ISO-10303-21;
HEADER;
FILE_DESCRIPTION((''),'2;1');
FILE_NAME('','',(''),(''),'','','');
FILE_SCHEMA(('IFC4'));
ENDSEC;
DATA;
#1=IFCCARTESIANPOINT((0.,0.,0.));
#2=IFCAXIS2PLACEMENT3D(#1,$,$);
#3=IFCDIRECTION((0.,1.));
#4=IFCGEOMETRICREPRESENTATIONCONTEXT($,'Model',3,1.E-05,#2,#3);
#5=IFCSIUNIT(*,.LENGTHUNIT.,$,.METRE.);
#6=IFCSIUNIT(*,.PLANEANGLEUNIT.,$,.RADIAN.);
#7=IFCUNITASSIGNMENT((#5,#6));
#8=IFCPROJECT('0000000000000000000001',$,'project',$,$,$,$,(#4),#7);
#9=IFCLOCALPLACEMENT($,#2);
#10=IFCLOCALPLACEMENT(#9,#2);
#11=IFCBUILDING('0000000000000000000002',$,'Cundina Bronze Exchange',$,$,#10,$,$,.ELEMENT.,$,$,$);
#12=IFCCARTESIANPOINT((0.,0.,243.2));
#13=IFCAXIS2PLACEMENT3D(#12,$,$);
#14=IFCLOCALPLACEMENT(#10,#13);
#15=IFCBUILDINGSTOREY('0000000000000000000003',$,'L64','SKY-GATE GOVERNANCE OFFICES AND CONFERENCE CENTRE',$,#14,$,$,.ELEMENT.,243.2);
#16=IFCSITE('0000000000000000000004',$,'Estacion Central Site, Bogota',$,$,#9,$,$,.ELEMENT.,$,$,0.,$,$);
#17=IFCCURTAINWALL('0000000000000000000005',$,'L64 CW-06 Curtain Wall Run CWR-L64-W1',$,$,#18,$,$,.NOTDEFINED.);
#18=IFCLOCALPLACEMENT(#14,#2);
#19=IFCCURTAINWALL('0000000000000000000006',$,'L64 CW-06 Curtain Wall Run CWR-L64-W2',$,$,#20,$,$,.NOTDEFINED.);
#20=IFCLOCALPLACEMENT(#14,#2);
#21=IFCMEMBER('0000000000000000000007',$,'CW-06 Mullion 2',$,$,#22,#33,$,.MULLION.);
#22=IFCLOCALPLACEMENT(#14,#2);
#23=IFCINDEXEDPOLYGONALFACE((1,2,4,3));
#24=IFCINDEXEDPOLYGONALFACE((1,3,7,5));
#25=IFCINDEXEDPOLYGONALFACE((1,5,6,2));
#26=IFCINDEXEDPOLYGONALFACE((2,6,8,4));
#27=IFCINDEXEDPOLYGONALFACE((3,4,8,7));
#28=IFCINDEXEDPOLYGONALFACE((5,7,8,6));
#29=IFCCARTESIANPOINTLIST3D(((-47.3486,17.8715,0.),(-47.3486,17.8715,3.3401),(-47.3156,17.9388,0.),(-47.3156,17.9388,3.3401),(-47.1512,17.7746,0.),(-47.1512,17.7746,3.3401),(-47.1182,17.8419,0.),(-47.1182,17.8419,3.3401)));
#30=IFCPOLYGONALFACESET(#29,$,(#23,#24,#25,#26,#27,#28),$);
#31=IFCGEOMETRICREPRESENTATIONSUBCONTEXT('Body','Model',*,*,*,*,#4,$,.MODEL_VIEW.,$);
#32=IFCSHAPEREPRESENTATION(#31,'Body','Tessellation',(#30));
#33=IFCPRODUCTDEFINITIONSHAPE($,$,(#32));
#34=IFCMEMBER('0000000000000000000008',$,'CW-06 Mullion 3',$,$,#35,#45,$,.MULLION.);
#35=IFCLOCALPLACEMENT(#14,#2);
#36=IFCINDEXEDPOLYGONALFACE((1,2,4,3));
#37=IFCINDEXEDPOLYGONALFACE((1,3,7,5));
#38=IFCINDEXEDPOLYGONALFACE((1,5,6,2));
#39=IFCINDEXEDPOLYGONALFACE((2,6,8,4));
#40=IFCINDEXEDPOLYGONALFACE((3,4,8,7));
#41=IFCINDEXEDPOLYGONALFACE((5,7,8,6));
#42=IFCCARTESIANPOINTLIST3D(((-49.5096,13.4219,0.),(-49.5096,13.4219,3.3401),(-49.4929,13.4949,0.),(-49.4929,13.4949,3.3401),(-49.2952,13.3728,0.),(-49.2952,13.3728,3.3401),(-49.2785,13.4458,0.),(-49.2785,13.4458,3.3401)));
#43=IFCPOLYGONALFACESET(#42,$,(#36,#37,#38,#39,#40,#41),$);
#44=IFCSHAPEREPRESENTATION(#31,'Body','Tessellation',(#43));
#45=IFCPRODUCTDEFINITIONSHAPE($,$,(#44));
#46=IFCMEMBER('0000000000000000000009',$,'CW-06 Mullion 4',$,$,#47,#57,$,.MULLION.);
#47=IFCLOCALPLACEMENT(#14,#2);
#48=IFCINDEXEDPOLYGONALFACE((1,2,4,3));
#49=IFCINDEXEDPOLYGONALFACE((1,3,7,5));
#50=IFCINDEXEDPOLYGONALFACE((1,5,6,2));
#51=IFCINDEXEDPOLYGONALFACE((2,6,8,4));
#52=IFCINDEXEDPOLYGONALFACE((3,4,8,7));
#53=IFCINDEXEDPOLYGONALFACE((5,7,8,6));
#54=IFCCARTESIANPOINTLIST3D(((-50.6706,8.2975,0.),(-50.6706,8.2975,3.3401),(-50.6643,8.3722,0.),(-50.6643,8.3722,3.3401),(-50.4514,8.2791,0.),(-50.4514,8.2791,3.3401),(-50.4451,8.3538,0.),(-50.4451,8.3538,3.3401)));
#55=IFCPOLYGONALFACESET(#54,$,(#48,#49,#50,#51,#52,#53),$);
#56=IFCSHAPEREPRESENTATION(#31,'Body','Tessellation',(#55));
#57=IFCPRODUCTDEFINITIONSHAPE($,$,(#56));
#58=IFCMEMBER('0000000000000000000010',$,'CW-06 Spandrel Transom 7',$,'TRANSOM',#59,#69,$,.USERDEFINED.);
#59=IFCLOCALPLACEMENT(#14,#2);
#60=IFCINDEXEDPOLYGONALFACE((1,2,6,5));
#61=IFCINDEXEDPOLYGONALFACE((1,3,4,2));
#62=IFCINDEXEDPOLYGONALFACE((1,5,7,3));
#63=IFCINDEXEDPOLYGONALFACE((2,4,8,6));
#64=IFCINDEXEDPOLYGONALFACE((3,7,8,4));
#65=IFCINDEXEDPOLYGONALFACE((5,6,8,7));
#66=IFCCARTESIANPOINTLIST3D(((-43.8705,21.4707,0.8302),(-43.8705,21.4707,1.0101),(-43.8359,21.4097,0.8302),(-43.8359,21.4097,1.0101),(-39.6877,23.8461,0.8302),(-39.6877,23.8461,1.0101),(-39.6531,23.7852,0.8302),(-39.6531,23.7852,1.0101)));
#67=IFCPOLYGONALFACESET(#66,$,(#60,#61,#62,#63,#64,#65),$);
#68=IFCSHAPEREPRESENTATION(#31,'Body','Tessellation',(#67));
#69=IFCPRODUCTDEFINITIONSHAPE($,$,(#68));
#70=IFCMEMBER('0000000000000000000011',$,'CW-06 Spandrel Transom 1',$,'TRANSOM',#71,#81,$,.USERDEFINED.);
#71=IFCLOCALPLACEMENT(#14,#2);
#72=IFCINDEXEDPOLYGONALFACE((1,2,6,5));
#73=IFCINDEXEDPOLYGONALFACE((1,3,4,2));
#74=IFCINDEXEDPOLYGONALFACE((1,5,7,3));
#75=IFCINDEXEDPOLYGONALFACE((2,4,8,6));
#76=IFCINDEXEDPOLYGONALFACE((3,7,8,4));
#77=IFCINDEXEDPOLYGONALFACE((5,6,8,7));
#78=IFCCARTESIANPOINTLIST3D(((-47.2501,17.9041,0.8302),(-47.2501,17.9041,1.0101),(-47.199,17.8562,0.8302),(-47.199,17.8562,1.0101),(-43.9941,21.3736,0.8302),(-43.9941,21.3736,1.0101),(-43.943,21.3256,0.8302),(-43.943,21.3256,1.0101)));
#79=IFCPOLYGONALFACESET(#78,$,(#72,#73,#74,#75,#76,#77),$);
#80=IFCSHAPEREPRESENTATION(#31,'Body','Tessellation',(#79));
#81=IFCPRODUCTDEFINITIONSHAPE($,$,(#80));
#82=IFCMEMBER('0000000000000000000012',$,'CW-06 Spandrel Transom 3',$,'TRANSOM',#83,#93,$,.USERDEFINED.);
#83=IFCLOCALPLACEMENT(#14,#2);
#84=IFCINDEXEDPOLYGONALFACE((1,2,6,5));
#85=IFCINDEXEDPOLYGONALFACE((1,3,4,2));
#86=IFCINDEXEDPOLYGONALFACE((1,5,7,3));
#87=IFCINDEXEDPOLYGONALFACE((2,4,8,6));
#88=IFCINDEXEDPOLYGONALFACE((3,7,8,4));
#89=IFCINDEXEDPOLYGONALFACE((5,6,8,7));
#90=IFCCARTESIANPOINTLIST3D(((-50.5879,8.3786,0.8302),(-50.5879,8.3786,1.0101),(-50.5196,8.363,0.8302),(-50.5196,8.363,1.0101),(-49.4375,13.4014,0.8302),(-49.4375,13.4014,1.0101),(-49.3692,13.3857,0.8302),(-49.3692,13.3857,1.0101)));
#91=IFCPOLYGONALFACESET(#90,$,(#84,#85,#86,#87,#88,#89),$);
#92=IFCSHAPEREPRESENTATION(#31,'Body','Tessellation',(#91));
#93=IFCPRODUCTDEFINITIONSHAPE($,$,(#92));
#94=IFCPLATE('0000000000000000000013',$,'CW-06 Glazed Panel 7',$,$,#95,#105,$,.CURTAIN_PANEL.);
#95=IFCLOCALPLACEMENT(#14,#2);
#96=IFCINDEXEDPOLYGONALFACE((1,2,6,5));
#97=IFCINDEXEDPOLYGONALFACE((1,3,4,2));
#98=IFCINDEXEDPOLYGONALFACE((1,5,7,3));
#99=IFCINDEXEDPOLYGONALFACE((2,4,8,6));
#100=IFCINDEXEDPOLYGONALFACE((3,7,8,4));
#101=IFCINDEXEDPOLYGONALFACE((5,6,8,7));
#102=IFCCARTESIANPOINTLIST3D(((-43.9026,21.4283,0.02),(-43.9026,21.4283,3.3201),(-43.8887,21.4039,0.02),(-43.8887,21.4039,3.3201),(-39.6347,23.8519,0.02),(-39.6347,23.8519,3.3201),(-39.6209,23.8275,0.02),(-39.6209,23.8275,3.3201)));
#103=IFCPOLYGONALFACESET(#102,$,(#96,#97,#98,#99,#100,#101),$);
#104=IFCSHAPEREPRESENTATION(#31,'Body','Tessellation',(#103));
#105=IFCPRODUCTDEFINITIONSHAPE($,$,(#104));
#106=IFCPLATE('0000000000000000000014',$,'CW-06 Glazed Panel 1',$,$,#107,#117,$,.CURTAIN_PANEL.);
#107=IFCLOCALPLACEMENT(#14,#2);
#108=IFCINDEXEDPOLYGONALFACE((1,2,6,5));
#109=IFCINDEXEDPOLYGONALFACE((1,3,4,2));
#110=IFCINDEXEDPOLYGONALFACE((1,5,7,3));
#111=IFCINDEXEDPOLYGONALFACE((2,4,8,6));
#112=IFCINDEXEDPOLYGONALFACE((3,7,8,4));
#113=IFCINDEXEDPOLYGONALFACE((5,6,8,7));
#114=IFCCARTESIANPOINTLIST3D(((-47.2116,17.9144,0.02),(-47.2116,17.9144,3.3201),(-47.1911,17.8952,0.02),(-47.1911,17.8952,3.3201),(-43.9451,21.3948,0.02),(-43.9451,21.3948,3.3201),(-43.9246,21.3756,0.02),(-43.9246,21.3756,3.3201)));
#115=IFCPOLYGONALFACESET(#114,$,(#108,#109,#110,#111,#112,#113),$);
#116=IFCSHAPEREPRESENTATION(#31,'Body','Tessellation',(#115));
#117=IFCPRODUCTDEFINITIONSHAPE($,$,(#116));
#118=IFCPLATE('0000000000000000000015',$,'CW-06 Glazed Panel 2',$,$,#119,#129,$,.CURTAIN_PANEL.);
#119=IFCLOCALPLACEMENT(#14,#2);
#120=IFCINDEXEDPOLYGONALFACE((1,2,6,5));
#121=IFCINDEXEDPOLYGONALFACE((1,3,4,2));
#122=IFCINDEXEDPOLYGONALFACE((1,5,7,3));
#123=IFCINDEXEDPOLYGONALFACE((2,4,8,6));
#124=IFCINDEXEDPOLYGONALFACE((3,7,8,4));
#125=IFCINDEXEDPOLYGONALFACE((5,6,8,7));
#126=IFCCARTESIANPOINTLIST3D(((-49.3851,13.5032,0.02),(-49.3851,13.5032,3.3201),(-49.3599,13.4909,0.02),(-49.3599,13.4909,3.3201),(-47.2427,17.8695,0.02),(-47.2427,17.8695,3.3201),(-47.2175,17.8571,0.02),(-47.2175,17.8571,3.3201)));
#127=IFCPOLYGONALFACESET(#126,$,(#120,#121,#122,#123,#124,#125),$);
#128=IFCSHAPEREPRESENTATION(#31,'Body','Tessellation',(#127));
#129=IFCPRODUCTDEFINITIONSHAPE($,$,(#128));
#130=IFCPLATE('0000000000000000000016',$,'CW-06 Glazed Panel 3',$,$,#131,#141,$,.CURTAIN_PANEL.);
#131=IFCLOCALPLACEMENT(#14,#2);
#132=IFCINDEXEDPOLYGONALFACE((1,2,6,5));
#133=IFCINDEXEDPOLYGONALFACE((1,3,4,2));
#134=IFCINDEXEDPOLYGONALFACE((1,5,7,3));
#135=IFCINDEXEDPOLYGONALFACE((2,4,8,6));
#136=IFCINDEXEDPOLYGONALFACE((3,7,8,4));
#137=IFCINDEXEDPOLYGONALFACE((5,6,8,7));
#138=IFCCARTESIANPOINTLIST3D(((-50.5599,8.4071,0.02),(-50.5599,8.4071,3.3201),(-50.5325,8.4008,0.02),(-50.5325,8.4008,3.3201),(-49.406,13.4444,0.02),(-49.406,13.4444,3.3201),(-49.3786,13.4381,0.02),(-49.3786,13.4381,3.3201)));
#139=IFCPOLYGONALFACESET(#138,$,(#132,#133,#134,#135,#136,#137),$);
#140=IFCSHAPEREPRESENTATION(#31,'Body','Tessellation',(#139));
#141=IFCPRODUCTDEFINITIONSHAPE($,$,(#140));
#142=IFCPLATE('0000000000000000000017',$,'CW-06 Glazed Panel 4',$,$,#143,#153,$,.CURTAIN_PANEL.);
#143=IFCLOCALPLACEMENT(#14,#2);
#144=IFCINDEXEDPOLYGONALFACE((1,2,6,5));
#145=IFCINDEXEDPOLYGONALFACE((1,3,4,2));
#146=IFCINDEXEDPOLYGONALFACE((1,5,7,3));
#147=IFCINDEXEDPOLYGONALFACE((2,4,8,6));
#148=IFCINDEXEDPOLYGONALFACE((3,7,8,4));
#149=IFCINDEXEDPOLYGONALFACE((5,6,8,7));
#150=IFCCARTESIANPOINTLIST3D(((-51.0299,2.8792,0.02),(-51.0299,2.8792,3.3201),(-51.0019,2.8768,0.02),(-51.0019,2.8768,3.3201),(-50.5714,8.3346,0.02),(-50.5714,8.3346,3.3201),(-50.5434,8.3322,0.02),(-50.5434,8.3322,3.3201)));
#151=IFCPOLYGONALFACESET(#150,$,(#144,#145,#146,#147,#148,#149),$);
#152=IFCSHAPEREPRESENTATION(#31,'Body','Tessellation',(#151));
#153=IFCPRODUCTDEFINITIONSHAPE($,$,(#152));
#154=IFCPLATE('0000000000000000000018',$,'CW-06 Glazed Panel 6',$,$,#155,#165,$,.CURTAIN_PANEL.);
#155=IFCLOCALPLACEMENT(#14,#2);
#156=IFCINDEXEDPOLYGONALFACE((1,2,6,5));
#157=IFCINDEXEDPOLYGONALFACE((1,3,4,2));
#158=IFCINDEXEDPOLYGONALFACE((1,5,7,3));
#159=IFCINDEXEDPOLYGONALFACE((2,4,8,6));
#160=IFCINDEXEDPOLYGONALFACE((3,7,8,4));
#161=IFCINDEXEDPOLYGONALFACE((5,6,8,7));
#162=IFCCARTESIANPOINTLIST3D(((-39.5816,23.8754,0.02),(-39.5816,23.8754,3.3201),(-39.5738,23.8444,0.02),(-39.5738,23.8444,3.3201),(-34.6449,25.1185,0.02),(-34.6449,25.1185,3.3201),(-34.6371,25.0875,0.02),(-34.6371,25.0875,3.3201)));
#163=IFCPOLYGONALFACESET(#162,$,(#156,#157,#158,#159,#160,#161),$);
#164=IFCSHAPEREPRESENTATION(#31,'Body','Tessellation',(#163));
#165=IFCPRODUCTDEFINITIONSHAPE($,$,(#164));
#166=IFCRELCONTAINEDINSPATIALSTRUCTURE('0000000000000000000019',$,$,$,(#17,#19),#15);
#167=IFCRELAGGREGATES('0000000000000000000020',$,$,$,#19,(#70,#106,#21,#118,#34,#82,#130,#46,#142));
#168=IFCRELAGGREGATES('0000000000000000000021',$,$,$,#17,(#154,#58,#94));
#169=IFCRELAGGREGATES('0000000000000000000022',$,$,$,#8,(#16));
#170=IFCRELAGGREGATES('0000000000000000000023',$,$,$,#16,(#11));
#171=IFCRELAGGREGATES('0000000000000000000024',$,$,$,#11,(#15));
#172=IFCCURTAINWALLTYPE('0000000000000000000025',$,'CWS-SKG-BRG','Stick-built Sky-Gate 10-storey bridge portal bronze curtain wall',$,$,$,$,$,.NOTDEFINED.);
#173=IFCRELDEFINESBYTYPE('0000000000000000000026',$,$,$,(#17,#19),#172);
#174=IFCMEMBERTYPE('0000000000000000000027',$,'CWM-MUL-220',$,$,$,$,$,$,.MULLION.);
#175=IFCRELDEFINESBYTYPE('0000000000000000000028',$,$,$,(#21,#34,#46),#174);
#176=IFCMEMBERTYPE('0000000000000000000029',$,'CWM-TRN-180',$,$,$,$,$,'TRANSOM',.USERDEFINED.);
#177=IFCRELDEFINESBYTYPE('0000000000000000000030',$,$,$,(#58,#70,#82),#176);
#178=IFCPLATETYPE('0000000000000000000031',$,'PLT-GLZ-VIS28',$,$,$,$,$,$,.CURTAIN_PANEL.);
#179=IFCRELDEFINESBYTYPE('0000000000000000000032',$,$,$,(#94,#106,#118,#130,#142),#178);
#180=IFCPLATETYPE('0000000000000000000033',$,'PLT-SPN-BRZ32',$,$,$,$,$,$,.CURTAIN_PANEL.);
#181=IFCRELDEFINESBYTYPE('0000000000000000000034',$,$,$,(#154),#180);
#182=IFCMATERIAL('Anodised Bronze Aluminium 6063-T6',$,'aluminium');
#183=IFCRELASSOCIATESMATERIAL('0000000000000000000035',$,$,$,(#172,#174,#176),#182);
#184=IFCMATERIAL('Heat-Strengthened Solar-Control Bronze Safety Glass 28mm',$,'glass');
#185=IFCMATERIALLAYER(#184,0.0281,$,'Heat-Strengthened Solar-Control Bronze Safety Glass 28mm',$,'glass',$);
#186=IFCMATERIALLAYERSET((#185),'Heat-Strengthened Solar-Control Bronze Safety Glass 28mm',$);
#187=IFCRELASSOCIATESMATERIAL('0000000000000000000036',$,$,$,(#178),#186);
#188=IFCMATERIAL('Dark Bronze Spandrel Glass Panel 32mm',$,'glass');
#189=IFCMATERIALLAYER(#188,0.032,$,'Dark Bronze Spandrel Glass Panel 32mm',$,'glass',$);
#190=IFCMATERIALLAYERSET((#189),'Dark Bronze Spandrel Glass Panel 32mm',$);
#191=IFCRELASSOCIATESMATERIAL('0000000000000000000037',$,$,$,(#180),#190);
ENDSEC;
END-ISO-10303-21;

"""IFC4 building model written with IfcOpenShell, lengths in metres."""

from ifc_helpers import new_model, si_unit, direction, frame, origin, origin_2d, place, context, subcontext, project, spatial, rectangle, extrude, material, layer, layer_set, material_profile, profile_set, type_object, element, aggregate, save


model = new_model("IFC4")

# Units and contexts
model_context = context("Model", 3, precision=1e-05, world=origin(), true_north=direction((0.0, 1.0)))
body_context = subcontext(model_context, "Body", "Model", "MODEL_VIEW")
ifc_project = project(units=[si_unit("LENGTHUNIT", "METRE"), si_unit("PLANEANGLEUNIT", "RADIAN")], contexts=[model_context])

# Site, building, storey
site_placement = place(None, origin())
site = spatial("IfcSite", under=ifc_project, at=site_placement, Name="Estacion Central Site, Bogota", CompositionType="ELEMENT", RefElevation=0.0)
building_placement = place(site_placement, origin())
building = spatial("IfcBuilding", under=site, at=building_placement, Name="Cundina Bronze Exchange", CompositionType="ELEMENT")
storey_placement = place(building_placement, frame((0.0, 0.0, 243.2)))
storey = spatial("IfcBuildingStorey", under=building, at=storey_placement, Name="L64", Description="SKY-GATE GOVERNANCE OFFICES AND CONFERENCE CENTRE", CompositionType="ELEMENT", Elevation=243.2)

# Curtain walls, members
ifc_material_1 = material(Name="Anodised Bronze Aluminium 6063-T6", Category="aluminium")
curtain_wall_type = type_object("IfcCurtainWallType", Name="CWS-SKG-BRG", Description="Stick-built Sky-Gate 10-storey bridge portal bronze curtain wall", PredefinedType="NOTDEFINED", material=ifc_material_1)
curtain_wall_1_placement = place(storey_placement, origin())
curtain_wall_1 = element("IfcCurtainWall", 1, at=curtain_wall_1_placement, inside=storey, type_object=curtain_wall_type, Name="L64 CW-06 Curtain Wall Run CWR-L64-W1", PredefinedType="NOTDEFINED")
ifc_material_profile_1 = material_profile(ifc_material_1, rectangle(XDim=0.075, YDim=0.22, at=origin_2d()), Name="AL75X220", Category="aluminium")
ifc_profile_set_1 = profile_set([ifc_material_profile_1], Name="Anodised Bronze Aluminium 6063-T6")
member_type_1 = type_object("IfcMemberType", Name="CWM-MUL-220", PredefinedType="MULLION", material=ifc_profile_set_1)
curtain_wall_2_placement = place(storey_placement, origin())
curtain_wall_2 = element("IfcCurtainWall", 2, at=curtain_wall_2_placement, inside=storey, type_object=curtain_wall_type, Name="L64 CW-06 Curtain Wall Run CWR-L64-W2", PredefinedType="NOTDEFINED")
member_1_placement = place(storey_placement, frame((-47.2334, 17.8567, 0.0), z_axis=(0.0, 0.0, 1.0), x_axis=(-0.440566, -0.89772, 0.0)))
member_1 = element("IfcMember", 3, at=member_1_placement, type_object=member_type_1, Name="CW-06 Mullion 2", PredefinedType="MULLION", context=body_context, shape_type="SweptSolid", body=[
    extrude(rectangle(XDim=0.075, YDim=0.22, at=origin_2d()), origin(), (0.0, 0.0, 1.0), 3.3401),
])
member_2_placement = place(storey_placement, frame((-49.394, 13.4338, 0.0), z_axis=(0.0, 0.0, 1.0), x_axis=(-0.22325, -0.974761, 0.0)))
member_2 = element("IfcMember", 4, at=member_2_placement, type_object=member_type_1, Name="CW-06 Mullion 3", PredefinedType="MULLION", context=body_context, shape_type="SweptSolid", body=[
    extrude(rectangle(XDim=0.075, YDim=0.22, at=origin_2d()), origin(), (0.0, 0.0, 1.0), 3.3401),
])
member_3_placement = place(storey_placement, frame((-50.5579, 8.3257, 0.0), z_axis=(0.0, 0.0, 1.0), x_axis=(-0.083678, -0.996493, 0.0)))
member_3 = element("IfcMember", 5, at=member_3_placement, type_object=member_type_1, Name="CW-06 Mullion 4", PredefinedType="MULLION", context=body_context, shape_type="SweptSolid", body=[
    extrude(rectangle(XDim=0.075, YDim=0.22, at=origin_2d()), origin(), (0.0, 0.0, 1.0), 3.3401),
])

# Members
ifc_material_profile_2 = material_profile(ifc_material_1, rectangle(XDim=0.0701, YDim=0.1799, at=origin_2d()), Name="AL70X180", Category="aluminium")
ifc_profile_set_2 = profile_set([ifc_material_profile_2], Name="Anodised Bronze Aluminium 6063-T6")
member_type_2 = type_object("IfcMemberType", Name="CWM-TRN-180", ElementType="TRANSOM", PredefinedType="USERDEFINED", material=ifc_profile_set_2)
member_4_placement = place(storey_placement, frame((-39.6704, 23.8157, 0.9202), z_axis=(-0.869558, -0.493831, 0.0), x_axis=(0.493831, -0.869558, 0.0)))
member_4 = element("IfcMember", 6, at=member_4_placement, type_object=member_type_2, Name="CW-06 Spandrel Transom 7", ObjectType="TRANSOM", PredefinedType="USERDEFINED", context=body_context, shape_type="SweptSolid", body=[
    extrude(rectangle(XDim=0.0701, YDim=0.1799, at=origin_2d()), origin(), (0.0, 0.0, 1.0), 4.8103),
])
member_5_placement = place(storey_placement, frame((-43.9685, 21.3496, 0.9202), z_axis=(-0.684328, -0.729174, 0.0), x_axis=(0.729174, -0.684328, 0.0)))
member_5 = element("IfcMember", 7, at=member_5_placement, type_object=member_type_2, Name="CW-06 Spandrel Transom 1", ObjectType="TRANSOM", PredefinedType="USERDEFINED", context=body_context, shape_type="SweptSolid", body=[
    extrude(rectangle(XDim=0.0701, YDim=0.1799, at=origin_2d()), origin(), (0.0, 0.0, 1.0), 4.7581),
])
member_6_placement = place(storey_placement, frame((-49.4033, 13.3936, 0.9202), z_axis=(-0.223257, -0.97476, 0.0), x_axis=(0.97476, -0.223257, 0.0)))
member_6 = element("IfcMember", 8, at=member_6_placement, type_object=member_type_2, Name="CW-06 Spandrel Transom 3", ObjectType="TRANSOM", PredefinedType="USERDEFINED", context=body_context, shape_type="SweptSolid", body=[
    extrude(rectangle(XDim=0.0701, YDim=0.1799, at=origin_2d()), origin(), (0.0, 0.0, 1.0), 5.1528),
])

# Plates
ifc_material_2 = material(Name="Heat-Strengthened Solar-Control Bronze Safety Glass 28mm", Category="glass")
ifc_layer_1 = layer(ifc_material_2, 0.0281, Name="Heat-Strengthened Solar-Control Bronze Safety Glass 28mm", Category="glass")
ifc_layer_set_1 = layer_set([ifc_layer_1], Name="Heat-Strengthened Solar-Control Bronze Safety Glass 28mm")
plate_type_1 = type_object("IfcPlateType", Name="PLT-GLZ-VIS28", PredefinedType="CURTAIN_PANEL", material=ifc_layer_set_1)
plate_1_placement = place(storey_placement, frame((-41.7617, 22.6279, 0.02), z_axis=(0.0, 0.0, 1.0), x_axis=(-0.869573, -0.493805, 0.0)))
plate_1 = element("IfcPlate", 9, at=plate_1_placement, type_object=plate_type_1, Name="CW-06 Glazed Panel 7", PredefinedType="CURTAIN_PANEL", context=body_context, shape_type="SweptSolid", body=[
    extrude(rectangle(XDim=4.908, YDim=0.0281, at=origin_2d()), origin(), (0.0, 0.0, 1.0), 3.3),
])
plate_2_placement = place(storey_placement, frame((-45.5681, 19.645, 0.02), z_axis=(0.0, 0.0, 1.0), x_axis=(-0.684344, -0.72916, 0.0)))
plate_2 = element("IfcPlate", 10, at=plate_2_placement, type_object=plate_type_1, Name="CW-06 Glazed Panel 1", PredefinedType="CURTAIN_PANEL", context=body_context, shape_type="SweptSolid", body=[
    extrude(rectangle(XDim=4.7732, YDim=0.0281, at=origin_2d()), origin(), (0.0, 0.0, 1.0), 3.3),
])
plate_3_placement = place(storey_placement, frame((-48.3013, 15.6802, 0.02), z_axis=(0.0, 0.0, 1.0), x_axis=(-0.440503, -0.897751, 0.0)))
plate_3 = element("IfcPlate", 11, at=plate_3_placement, type_object=plate_type_1, Name="CW-06 Glazed Panel 2", PredefinedType="CURTAIN_PANEL", context=body_context, shape_type="SweptSolid", body=[
    extrude(rectangle(XDim=4.8635, YDim=0.0281, at=origin_2d()), origin(), (0.0, 0.0, 1.0), 3.3),
])
plate_4_placement = place(storey_placement, frame((-49.9692, 10.9226, 0.02), z_axis=(0.0, 0.0, 1.0), x_axis=(-0.223284, -0.974753, 0.0)))
plate_4 = element("IfcPlate", 12, at=plate_4_placement, type_object=plate_type_1, Name="CW-06 Glazed Panel 3", PredefinedType="CURTAIN_PANEL", context=body_context, shape_type="SweptSolid", body=[
    extrude(rectangle(XDim=5.1677, YDim=0.0281, at=origin_2d()), origin(), (0.0, 0.0, 1.0), 3.3),
])
plate_5_placement = place(storey_placement, frame((-50.7866, 5.6057, 0.02), z_axis=(0.0, 0.0, 1.0), x_axis=(-0.083747, -0.996487, 0.0)))
plate_5 = element("IfcPlate", 13, at=plate_5_placement, type_object=plate_type_1, Name="CW-06 Glazed Panel 4", PredefinedType="CURTAIN_PANEL", context=body_context, shape_type="SweptSolid", body=[
    extrude(rectangle(XDim=5.4746, YDim=0.0281, at=origin_2d()), origin(), (0.0, 0.0, 1.0), 3.3),
])
aggregate(curtain_wall_2, [member_5, plate_2, member_1, plate_3, member_2, member_6, plate_4, member_3, plate_5])
ifc_material_3 = material(Name="Dark Bronze Spandrel Glass Panel 32mm", Category="glass")
ifc_layer_2 = layer(ifc_material_3, 0.032, Name="Dark Bronze Spandrel Glass Panel 32mm", Category="glass")
ifc_layer_set_2 = layer_set([ifc_layer_2], Name="Dark Bronze Spandrel Glass Panel 32mm")
plate_type_2 = type_object("IfcPlateType", Name="PLT-SPN-BRZ32", PredefinedType="CURTAIN_PANEL", material=ifc_layer_set_2)
plate_6_placement = place(storey_placement, frame((-37.1094, 24.4814, 0.02), z_axis=(0.0, 0.0, 1.0), x_axis=(-0.969732, -0.244174, 0.0)))
plate_6 = element("IfcPlate", 14, at=plate_6_placement, type_object=plate_type_2, Name="CW-06 Glazed Panel 6", PredefinedType="CURTAIN_PANEL", context=body_context, shape_type="SweptSolid", body=[
    extrude(rectangle(XDim=5.0908, YDim=0.032, at=origin_2d()), origin(), (0.0, 0.0, 1.0), 3.3),
])
aggregate(curtain_wall_1, [plate_6, member_4, plate_1])

save(model, "model.ifc")
